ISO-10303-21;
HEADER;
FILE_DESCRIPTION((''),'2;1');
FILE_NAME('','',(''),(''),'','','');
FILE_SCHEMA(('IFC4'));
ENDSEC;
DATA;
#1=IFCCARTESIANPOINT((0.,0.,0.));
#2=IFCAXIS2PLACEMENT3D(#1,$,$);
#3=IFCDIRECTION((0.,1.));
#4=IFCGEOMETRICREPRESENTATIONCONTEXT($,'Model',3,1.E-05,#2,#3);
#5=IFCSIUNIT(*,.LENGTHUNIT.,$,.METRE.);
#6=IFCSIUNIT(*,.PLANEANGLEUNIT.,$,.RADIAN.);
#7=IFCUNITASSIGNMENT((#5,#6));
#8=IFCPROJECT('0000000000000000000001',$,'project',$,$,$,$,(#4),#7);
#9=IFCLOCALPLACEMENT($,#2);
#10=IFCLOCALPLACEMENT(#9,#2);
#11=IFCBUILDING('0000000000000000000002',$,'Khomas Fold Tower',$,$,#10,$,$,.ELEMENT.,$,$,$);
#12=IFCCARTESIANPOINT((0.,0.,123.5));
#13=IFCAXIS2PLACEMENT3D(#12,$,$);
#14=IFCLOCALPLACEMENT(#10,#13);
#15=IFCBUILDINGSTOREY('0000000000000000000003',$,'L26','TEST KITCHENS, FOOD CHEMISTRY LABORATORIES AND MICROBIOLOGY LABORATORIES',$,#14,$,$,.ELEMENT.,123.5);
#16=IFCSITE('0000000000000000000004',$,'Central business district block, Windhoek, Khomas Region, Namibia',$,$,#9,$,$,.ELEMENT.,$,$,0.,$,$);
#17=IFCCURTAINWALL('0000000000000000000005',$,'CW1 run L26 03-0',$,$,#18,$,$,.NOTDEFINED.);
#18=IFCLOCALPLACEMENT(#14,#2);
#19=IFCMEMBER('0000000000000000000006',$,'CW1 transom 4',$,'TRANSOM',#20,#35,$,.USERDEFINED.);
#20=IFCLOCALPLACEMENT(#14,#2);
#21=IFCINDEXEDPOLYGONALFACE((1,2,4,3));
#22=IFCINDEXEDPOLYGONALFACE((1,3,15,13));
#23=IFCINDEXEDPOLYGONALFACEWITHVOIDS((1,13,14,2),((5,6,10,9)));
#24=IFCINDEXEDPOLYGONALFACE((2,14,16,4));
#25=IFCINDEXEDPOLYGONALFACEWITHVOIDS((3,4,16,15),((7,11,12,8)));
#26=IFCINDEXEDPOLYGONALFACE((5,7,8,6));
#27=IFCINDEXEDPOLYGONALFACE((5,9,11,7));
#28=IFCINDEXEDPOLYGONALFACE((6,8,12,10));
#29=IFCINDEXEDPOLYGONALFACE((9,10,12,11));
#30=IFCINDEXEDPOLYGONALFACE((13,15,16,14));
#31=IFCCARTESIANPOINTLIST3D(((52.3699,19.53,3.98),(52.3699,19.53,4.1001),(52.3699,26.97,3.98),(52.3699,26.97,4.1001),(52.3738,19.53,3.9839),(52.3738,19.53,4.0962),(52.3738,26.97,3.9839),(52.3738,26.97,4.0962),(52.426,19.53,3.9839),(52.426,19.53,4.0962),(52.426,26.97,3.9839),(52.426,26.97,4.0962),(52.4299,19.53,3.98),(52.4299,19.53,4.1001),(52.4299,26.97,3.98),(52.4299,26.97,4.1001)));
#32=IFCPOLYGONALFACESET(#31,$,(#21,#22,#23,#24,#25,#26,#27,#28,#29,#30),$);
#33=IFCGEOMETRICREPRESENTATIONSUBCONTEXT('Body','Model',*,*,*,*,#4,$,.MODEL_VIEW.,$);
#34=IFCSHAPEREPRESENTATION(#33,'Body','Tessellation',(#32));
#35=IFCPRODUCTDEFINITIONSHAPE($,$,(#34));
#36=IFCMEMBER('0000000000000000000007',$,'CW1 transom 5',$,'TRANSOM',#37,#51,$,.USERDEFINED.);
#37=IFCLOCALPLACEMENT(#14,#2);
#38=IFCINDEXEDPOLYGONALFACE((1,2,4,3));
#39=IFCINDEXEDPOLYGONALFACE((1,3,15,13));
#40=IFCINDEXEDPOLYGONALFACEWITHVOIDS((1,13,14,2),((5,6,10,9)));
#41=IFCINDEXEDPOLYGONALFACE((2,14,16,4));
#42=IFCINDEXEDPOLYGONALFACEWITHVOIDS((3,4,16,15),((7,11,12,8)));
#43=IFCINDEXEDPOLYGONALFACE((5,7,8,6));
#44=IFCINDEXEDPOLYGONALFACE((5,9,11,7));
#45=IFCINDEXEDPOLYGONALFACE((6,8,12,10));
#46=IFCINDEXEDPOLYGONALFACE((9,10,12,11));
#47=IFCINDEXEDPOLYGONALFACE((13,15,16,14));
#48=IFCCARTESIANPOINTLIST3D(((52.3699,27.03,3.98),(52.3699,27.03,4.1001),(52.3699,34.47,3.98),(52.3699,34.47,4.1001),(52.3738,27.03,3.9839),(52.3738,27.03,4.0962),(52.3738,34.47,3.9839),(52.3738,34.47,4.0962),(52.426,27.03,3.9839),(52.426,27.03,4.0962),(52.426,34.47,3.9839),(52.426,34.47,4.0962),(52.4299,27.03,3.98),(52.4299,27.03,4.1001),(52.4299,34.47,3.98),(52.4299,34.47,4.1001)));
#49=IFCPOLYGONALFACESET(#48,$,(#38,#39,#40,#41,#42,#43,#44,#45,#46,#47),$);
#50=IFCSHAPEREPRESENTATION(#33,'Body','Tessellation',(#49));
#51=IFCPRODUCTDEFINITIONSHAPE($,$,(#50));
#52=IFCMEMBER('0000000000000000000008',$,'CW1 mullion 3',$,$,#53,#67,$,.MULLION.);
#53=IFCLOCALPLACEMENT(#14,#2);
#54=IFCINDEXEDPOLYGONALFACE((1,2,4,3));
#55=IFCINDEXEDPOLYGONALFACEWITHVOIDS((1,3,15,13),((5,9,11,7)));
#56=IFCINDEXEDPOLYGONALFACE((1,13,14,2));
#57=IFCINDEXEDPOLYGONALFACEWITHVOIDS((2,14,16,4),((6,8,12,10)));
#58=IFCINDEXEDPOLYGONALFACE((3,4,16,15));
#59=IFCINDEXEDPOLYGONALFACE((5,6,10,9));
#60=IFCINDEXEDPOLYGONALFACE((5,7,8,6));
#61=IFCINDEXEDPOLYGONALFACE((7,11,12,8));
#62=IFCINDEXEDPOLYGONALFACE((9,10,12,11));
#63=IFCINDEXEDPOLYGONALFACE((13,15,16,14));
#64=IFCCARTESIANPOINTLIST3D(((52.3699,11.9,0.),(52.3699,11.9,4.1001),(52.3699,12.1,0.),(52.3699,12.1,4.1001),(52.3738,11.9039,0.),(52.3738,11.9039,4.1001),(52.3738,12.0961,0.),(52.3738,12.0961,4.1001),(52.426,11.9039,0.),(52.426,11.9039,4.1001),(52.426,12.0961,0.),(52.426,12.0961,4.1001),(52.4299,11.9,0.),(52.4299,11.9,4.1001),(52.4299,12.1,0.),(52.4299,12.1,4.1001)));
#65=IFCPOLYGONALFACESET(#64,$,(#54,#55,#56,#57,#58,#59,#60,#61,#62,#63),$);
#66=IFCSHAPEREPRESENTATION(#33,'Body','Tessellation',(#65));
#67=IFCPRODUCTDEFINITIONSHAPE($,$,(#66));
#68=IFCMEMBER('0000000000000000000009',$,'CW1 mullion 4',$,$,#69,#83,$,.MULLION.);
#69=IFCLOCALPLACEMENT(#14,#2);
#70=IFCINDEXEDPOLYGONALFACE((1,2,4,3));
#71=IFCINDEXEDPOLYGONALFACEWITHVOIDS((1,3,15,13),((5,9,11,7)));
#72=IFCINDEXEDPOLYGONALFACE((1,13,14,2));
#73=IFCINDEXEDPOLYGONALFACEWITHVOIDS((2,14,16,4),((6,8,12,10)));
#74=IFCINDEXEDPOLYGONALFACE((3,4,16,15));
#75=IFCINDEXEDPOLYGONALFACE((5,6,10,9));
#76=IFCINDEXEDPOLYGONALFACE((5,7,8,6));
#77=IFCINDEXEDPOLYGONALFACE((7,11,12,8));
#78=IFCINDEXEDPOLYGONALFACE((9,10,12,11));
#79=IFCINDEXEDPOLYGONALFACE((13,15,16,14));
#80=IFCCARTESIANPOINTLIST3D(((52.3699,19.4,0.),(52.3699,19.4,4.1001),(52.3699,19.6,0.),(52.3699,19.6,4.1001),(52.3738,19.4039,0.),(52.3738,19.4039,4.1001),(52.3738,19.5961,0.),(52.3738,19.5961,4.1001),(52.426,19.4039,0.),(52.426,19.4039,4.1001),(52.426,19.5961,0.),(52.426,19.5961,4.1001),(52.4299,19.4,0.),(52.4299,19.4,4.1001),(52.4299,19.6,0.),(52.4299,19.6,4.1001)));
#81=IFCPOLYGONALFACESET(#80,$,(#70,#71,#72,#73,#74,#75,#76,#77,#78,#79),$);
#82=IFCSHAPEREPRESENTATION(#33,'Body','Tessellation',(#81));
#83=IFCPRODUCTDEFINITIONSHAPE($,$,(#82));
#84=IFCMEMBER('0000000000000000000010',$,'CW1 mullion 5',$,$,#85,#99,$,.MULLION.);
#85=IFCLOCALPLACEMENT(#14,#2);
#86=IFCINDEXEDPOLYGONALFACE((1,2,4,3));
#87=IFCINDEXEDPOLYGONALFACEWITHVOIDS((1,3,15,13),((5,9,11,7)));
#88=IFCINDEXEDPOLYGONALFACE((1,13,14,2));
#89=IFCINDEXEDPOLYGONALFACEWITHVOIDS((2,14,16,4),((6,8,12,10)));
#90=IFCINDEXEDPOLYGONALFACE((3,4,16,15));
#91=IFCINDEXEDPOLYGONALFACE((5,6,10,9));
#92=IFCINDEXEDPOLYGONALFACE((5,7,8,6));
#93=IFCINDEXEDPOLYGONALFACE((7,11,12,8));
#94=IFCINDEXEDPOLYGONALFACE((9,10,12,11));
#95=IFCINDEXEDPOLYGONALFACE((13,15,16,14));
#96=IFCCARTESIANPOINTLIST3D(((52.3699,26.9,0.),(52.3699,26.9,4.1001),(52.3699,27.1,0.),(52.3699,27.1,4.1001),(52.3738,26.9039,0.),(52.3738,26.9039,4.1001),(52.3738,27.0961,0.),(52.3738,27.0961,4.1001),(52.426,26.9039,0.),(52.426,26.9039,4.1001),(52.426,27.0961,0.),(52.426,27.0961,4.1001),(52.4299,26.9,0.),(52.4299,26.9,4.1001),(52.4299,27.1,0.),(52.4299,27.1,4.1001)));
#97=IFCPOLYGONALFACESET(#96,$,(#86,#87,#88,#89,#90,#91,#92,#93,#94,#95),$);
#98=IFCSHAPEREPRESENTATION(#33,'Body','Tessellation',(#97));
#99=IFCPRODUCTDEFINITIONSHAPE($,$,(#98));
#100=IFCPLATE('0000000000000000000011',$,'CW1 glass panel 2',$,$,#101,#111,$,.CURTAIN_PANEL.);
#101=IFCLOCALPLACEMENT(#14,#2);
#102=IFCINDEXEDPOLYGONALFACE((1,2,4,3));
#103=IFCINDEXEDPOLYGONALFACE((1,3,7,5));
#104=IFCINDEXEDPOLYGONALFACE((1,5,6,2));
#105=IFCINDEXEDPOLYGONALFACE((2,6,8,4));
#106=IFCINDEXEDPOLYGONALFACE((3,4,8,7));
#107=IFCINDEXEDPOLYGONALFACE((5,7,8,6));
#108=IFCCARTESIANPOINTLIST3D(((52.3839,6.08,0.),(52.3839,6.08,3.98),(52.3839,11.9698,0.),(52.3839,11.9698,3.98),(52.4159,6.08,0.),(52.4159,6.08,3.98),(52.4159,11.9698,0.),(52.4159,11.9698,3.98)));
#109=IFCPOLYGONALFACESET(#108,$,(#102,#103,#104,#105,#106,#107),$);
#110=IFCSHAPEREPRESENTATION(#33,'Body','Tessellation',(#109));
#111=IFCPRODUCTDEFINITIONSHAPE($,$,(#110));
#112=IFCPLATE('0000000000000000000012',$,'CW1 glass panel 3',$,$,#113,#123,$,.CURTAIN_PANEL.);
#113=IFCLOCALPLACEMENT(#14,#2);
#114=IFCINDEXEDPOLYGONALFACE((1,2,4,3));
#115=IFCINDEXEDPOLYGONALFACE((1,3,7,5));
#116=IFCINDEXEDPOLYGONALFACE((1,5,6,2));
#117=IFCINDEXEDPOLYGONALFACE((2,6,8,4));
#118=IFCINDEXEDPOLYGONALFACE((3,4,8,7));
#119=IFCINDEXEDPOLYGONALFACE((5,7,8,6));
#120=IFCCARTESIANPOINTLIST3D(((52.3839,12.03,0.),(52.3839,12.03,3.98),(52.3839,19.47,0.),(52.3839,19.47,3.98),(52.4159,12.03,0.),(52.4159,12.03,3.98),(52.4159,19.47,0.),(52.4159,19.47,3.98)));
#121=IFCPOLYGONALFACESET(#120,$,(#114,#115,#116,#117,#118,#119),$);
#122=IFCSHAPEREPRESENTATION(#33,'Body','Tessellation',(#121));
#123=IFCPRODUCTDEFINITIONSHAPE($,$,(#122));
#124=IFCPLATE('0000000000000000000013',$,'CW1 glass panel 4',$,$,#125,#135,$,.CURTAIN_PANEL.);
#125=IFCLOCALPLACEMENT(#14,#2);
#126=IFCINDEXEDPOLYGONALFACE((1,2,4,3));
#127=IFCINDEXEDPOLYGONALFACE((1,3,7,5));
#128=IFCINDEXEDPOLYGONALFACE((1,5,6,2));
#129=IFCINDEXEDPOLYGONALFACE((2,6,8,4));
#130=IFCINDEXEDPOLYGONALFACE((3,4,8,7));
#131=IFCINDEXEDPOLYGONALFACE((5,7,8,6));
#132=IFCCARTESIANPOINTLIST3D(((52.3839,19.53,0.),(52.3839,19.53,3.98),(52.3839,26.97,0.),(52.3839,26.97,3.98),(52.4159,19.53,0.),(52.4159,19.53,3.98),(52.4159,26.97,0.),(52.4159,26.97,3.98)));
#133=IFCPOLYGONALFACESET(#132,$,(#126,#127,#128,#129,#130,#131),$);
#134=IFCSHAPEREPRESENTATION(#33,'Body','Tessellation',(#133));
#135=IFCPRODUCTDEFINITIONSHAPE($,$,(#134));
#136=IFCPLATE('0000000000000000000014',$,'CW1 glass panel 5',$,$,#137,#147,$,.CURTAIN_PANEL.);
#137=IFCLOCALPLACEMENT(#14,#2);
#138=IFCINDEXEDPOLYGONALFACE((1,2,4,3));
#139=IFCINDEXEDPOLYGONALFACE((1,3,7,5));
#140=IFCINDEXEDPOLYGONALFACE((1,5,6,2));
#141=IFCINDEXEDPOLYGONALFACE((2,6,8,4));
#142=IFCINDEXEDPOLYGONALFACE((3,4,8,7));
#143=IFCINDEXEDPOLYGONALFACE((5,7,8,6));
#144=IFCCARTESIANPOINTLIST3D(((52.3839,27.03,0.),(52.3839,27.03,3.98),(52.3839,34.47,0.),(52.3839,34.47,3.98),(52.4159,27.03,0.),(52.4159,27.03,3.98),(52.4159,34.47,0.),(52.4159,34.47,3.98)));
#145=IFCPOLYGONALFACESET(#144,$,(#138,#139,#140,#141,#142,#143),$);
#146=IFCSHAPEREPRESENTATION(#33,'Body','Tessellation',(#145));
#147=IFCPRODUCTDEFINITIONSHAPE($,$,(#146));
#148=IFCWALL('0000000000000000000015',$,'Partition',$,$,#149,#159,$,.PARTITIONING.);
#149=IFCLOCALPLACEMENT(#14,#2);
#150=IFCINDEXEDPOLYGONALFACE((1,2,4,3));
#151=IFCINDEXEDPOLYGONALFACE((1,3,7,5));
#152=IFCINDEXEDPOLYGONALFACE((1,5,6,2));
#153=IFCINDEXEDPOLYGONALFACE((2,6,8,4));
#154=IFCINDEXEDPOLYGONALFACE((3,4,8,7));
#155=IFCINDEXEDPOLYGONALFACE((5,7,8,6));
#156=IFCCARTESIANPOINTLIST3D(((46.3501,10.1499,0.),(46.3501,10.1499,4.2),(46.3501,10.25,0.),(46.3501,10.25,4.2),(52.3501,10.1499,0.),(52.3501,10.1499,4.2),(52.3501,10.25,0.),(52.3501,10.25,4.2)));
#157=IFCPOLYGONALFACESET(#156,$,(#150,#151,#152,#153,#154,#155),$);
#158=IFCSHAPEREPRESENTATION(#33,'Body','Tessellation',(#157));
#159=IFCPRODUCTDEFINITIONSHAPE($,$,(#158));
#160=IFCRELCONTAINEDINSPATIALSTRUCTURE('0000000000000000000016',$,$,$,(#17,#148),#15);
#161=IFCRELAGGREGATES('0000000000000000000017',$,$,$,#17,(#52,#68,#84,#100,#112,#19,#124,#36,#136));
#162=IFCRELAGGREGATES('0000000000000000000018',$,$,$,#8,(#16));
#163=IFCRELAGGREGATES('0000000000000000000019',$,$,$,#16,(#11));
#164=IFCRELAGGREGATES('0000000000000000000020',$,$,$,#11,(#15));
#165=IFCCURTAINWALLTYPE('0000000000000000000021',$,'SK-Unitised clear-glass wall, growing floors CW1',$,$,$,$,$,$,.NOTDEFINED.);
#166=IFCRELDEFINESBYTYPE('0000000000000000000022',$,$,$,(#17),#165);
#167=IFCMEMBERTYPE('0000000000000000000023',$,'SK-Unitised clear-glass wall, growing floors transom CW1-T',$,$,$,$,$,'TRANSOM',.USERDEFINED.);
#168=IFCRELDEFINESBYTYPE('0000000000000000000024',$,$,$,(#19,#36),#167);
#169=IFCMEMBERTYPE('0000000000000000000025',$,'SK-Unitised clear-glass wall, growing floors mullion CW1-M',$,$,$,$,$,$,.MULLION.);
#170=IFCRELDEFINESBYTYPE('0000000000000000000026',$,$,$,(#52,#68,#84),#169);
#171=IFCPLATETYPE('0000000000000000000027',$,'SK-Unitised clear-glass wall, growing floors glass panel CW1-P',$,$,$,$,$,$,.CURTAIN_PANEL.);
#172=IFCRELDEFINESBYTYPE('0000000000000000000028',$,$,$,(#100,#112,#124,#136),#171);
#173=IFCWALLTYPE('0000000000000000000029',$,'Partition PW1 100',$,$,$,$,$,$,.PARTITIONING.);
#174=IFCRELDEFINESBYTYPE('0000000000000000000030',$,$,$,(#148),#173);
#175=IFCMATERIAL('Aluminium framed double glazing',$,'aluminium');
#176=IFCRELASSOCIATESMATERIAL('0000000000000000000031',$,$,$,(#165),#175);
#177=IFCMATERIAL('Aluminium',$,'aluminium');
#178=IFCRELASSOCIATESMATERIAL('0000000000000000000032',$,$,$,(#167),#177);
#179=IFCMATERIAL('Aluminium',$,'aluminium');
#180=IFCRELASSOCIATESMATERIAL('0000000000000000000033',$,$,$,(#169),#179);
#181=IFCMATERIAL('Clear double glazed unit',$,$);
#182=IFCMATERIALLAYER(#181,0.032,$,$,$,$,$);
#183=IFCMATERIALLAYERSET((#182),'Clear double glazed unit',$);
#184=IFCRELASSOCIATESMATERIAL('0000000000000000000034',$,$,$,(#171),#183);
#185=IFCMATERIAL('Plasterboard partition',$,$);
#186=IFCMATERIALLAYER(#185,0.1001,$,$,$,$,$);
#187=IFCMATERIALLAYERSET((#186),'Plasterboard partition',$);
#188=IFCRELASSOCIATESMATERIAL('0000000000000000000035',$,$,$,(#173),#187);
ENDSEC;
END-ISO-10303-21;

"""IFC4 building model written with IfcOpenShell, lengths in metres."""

from ifc_helpers import new_model, si_unit, direction, frame, frame_2d, origin, origin_2d, place, context, subcontext, project, spatial, rectangle, hollow_rectangle, extrude, source, transform, mapped, material, layer, layer_set, material_profile, profile_set, type_object, element, aggregate, save


model = new_model("IFC4")

# Units and contexts
model_context = context("Model", 3, precision=1e-05, world=origin(), true_north=direction((0.0, 1.0)))
body_context = subcontext(model_context, "Body", "Model", "MODEL_VIEW")
ifc_project = project(units=[si_unit("LENGTHUNIT", "METRE"), si_unit("PLANEANGLEUNIT", "RADIAN")], contexts=[model_context])

# Site, building, storey
site_placement = place(None, origin())
site = spatial("IfcSite", under=ifc_project, at=site_placement, Name="Central business district block, Windhoek, Khomas Region, Namibia", CompositionType="ELEMENT", RefElevation=0.0)
building_placement = place(site_placement, origin())
building = spatial("IfcBuilding", under=site, at=building_placement, Name="Khomas Fold Tower", CompositionType="ELEMENT")
storey_placement = place(building_placement, frame((0.0, 0.0, 123.5)))
storey = spatial("IfcBuildingStorey", under=building, at=storey_placement, Name="L26", Description="TEST KITCHENS, FOOD CHEMISTRY LABORATORIES AND MICROBIOLOGY LABORATORIES", CompositionType="ELEMENT", Elevation=123.5)

# Curtain wall, members, plates
ifc_material_1 = material(Name="Aluminium framed double glazing", Category="aluminium")
curtain_wall_type = type_object("IfcCurtainWallType", Name="SK-Unitised clear-glass wall, growing floors CW1", PredefinedType="NOTDEFINED", material=ifc_material_1)
curtain_wall_placement = place(storey_placement, origin())
curtain_wall = element("IfcCurtainWall", 1, at=curtain_wall_placement, inside=storey, type_object=curtain_wall_type, Name="CW1 run L26 03-0", PredefinedType="NOTDEFINED")
ifc_material_2 = material(Name="Aluminium", Category="aluminium")
ifc_material_profile_1 = material_profile(ifc_material_2, hollow_rectangle(XDim=0.0601, YDim=0.1201, WallThickness=0.0039, at=origin_2d()), Name="SK-Unitised clear-glass wall, growing floors transom CW1-T")
ifc_profile_set_1 = profile_set([ifc_material_profile_1], Name="Aluminium")
member_type_1 = type_object("IfcMemberType", Name="SK-Unitised clear-glass wall, growing floors transom CW1-T", ElementType="TRANSOM", PredefinedType="USERDEFINED", material=ifc_profile_set_1)
shared_shape_1 = source(origin(), body_context, "Body", "SweptSolid", [
    extrude(hollow_rectangle(XDim=0.0601, YDim=0.1201, WallThickness=0.0039, at=origin_2d()), origin(), (0.0, 0.0, 1.0), 7.4399),
])
member_1_placement = place(storey_placement, frame((52.3999, 19.53, 4.04), z_axis=(0.0, 1.0, 0.0), x_axis=(-1.0, 0.0, 0.0)))
member_1 = element("IfcMember", 2, at=member_1_placement, type_object=member_type_1, Name="CW1 transom 4", ObjectType="TRANSOM", PredefinedType="USERDEFINED", context=body_context, shape_type="MappedRepresentation", body=[
    mapped(shared_shape_1, transform((0.0, 0.0, 0.0))),
])
member_2_placement = place(storey_placement, frame((52.3999, 27.03, 4.04), z_axis=(0.0, 1.0, 0.0), x_axis=(-1.0, 0.0, 0.0)))
member_2 = element("IfcMember", 3, at=member_2_placement, type_object=member_type_1, Name="CW1 transom 5", ObjectType="TRANSOM", PredefinedType="USERDEFINED", context=body_context, shape_type="MappedRepresentation", body=[
    mapped(shared_shape_1, transform((0.0, 0.0, 0.0))),
])
ifc_material_3 = material(Name="Aluminium", Category="aluminium")
ifc_material_profile_2 = material_profile(ifc_material_3, hollow_rectangle(XDim=0.0601, YDim=0.2, WallThickness=0.0039, at=origin_2d()), Name="SK-Unitised clear-glass wall, growing floors mullion CW1-M")
ifc_profile_set_2 = profile_set([ifc_material_profile_2], Name="Aluminium")
member_type_2 = type_object("IfcMemberType", Name="SK-Unitised clear-glass wall, growing floors mullion CW1-M", PredefinedType="MULLION", material=ifc_profile_set_2)
shared_shape_2 = source(origin(), body_context, "Body", "SweptSolid", [
    extrude(hollow_rectangle(XDim=0.0601, YDim=0.2, WallThickness=0.0039, at=origin_2d()), origin(), (0.0, 0.0, 1.0), 4.1001),
])
member_3_placement = place(storey_placement, frame((52.3999, 12.0, 0.0), z_axis=(0.0, 0.0, 1.0), x_axis=(-1.0, 0.0, 0.0)))
member_3 = element("IfcMember", 4, at=member_3_placement, type_object=member_type_2, Name="CW1 mullion 3", PredefinedType="MULLION", context=body_context, shape_type="MappedRepresentation", body=[
    mapped(shared_shape_2, transform((0.0, 0.0, 0.0))),
])
member_4_placement = place(storey_placement, frame((52.3999, 19.5, 0.0), z_axis=(0.0, 0.0, 1.0), x_axis=(-1.0, 0.0, 0.0)))
member_4 = element("IfcMember", 5, at=member_4_placement, type_object=member_type_2, Name="CW1 mullion 4", PredefinedType="MULLION", context=body_context, shape_type="MappedRepresentation", body=[
    mapped(shared_shape_2, transform((0.0, 0.0, 0.0))),
])
member_5_placement = place(storey_placement, frame((52.3999, 27.0, 0.0), z_axis=(0.0, 0.0, 1.0), x_axis=(-1.0, 0.0, 0.0)))
member_5 = element("IfcMember", 6, at=member_5_placement, type_object=member_type_2, Name="CW1 mullion 5", PredefinedType="MULLION", context=body_context, shape_type="MappedRepresentation", body=[
    mapped(shared_shape_2, transform((0.0, 0.0, 0.0))),
])
ifc_material_4 = material(Name="Clear double glazed unit")
ifc_layer_1 = layer(ifc_material_4, 0.032)
ifc_layer_set_1 = layer_set([ifc_layer_1], Name="Clear double glazed unit")
plate_type = type_object("IfcPlateType", Name="SK-Unitised clear-glass wall, growing floors glass panel CW1-P", PredefinedType="CURTAIN_PANEL", material=ifc_layer_set_1)
shared_shape_3 = source(origin(), body_context, "Body", "SweptSolid", [
    extrude(rectangle(XDim=5.8899, YDim=0.032, at=origin_2d()), origin(), (0.0, 0.0, 1.0), 3.98),
])
plate_1_placement = place(storey_placement, frame((52.3999, 9.0249, 0.0), z_axis=(0.0, 0.0, 1.0), x_axis=(0.0, 1.0, 0.0)))
plate_1 = element("IfcPlate", 7, at=plate_1_placement, type_object=plate_type, Name="CW1 glass panel 2", PredefinedType="CURTAIN_PANEL", context=body_context, shape_type="MappedRepresentation", body=[
    mapped(shared_shape_3, transform((0.0, 0.0, 0.0))),
])
shared_shape_4 = source(origin(), body_context, "Body", "SweptSolid", [
    extrude(rectangle(XDim=7.4399, YDim=0.032, at=origin_2d()), origin(), (0.0, 0.0, 1.0), 3.98),
])
plate_2_placement = place(storey_placement, frame((52.3999, 15.75, 0.0), z_axis=(0.0, 0.0, 1.0), x_axis=(0.0, 1.0, 0.0)))
plate_2 = element("IfcPlate", 8, at=plate_2_placement, type_object=plate_type, Name="CW1 glass panel 3", PredefinedType="CURTAIN_PANEL", context=body_context, shape_type="MappedRepresentation", body=[
    mapped(shared_shape_4, transform((0.0, 0.0, 0.0))),
])
plate_3_placement = place(storey_placement, frame((52.3999, 23.25, 0.0), z_axis=(0.0, 0.0, 1.0), x_axis=(0.0, 1.0, 0.0)))
plate_3 = element("IfcPlate", 9, at=plate_3_placement, type_object=plate_type, Name="CW1 glass panel 4", PredefinedType="CURTAIN_PANEL", context=body_context, shape_type="MappedRepresentation", body=[
    mapped(shared_shape_4, transform((0.0, 0.0, 0.0))),
])
plate_4_placement = place(storey_placement, frame((52.3999, 30.75, 0.0), z_axis=(0.0, 0.0, 1.0), x_axis=(0.0, 1.0, 0.0)))
plate_4 = element("IfcPlate", 10, at=plate_4_placement, type_object=plate_type, Name="CW1 glass panel 5", PredefinedType="CURTAIN_PANEL", context=body_context, shape_type="MappedRepresentation", body=[
    mapped(shared_shape_4, transform((0.0, 0.0, 0.0))),
])
aggregate(curtain_wall, [member_3, member_4, member_5, plate_1, plate_2, member_1, plate_3, member_2, plate_4])

# Wall
ifc_material_5 = material(Name="Plasterboard partition")
ifc_layer_2 = layer(ifc_material_5, 0.1001)
ifc_layer_set_2 = layer_set([ifc_layer_2], Name="Plasterboard partition")
wall_type_1 = type_object("IfcWallType", Name="Partition PW1 100", PredefinedType="PARTITIONING", material=ifc_layer_set_2)
shared_shape_5 = source(origin(), body_context, "Body", "SweptSolid", [
    extrude(rectangle(XDim=6.0, YDim=0.1001, at=frame_2d((3.0, 0.0))), origin(), (0.0, 0.0, 1.0), 4.2),
])
wall_1_placement = place(storey_placement, frame((46.3501, 10.2, 0.0), z_axis=(0.0, 0.0, 1.0), x_axis=(1.0, 0.0, 0.0)))
element("IfcWall", 11, at=wall_1_placement, inside=storey, type_object=wall_type_1, Name="Partition", PredefinedType="PARTITIONING", context=body_context, shape_type="MappedRepresentation", body=[
    mapped(shared_shape_5, transform((0.0, 0.0, 0.0))),
])

save(model, "model.ifc")
